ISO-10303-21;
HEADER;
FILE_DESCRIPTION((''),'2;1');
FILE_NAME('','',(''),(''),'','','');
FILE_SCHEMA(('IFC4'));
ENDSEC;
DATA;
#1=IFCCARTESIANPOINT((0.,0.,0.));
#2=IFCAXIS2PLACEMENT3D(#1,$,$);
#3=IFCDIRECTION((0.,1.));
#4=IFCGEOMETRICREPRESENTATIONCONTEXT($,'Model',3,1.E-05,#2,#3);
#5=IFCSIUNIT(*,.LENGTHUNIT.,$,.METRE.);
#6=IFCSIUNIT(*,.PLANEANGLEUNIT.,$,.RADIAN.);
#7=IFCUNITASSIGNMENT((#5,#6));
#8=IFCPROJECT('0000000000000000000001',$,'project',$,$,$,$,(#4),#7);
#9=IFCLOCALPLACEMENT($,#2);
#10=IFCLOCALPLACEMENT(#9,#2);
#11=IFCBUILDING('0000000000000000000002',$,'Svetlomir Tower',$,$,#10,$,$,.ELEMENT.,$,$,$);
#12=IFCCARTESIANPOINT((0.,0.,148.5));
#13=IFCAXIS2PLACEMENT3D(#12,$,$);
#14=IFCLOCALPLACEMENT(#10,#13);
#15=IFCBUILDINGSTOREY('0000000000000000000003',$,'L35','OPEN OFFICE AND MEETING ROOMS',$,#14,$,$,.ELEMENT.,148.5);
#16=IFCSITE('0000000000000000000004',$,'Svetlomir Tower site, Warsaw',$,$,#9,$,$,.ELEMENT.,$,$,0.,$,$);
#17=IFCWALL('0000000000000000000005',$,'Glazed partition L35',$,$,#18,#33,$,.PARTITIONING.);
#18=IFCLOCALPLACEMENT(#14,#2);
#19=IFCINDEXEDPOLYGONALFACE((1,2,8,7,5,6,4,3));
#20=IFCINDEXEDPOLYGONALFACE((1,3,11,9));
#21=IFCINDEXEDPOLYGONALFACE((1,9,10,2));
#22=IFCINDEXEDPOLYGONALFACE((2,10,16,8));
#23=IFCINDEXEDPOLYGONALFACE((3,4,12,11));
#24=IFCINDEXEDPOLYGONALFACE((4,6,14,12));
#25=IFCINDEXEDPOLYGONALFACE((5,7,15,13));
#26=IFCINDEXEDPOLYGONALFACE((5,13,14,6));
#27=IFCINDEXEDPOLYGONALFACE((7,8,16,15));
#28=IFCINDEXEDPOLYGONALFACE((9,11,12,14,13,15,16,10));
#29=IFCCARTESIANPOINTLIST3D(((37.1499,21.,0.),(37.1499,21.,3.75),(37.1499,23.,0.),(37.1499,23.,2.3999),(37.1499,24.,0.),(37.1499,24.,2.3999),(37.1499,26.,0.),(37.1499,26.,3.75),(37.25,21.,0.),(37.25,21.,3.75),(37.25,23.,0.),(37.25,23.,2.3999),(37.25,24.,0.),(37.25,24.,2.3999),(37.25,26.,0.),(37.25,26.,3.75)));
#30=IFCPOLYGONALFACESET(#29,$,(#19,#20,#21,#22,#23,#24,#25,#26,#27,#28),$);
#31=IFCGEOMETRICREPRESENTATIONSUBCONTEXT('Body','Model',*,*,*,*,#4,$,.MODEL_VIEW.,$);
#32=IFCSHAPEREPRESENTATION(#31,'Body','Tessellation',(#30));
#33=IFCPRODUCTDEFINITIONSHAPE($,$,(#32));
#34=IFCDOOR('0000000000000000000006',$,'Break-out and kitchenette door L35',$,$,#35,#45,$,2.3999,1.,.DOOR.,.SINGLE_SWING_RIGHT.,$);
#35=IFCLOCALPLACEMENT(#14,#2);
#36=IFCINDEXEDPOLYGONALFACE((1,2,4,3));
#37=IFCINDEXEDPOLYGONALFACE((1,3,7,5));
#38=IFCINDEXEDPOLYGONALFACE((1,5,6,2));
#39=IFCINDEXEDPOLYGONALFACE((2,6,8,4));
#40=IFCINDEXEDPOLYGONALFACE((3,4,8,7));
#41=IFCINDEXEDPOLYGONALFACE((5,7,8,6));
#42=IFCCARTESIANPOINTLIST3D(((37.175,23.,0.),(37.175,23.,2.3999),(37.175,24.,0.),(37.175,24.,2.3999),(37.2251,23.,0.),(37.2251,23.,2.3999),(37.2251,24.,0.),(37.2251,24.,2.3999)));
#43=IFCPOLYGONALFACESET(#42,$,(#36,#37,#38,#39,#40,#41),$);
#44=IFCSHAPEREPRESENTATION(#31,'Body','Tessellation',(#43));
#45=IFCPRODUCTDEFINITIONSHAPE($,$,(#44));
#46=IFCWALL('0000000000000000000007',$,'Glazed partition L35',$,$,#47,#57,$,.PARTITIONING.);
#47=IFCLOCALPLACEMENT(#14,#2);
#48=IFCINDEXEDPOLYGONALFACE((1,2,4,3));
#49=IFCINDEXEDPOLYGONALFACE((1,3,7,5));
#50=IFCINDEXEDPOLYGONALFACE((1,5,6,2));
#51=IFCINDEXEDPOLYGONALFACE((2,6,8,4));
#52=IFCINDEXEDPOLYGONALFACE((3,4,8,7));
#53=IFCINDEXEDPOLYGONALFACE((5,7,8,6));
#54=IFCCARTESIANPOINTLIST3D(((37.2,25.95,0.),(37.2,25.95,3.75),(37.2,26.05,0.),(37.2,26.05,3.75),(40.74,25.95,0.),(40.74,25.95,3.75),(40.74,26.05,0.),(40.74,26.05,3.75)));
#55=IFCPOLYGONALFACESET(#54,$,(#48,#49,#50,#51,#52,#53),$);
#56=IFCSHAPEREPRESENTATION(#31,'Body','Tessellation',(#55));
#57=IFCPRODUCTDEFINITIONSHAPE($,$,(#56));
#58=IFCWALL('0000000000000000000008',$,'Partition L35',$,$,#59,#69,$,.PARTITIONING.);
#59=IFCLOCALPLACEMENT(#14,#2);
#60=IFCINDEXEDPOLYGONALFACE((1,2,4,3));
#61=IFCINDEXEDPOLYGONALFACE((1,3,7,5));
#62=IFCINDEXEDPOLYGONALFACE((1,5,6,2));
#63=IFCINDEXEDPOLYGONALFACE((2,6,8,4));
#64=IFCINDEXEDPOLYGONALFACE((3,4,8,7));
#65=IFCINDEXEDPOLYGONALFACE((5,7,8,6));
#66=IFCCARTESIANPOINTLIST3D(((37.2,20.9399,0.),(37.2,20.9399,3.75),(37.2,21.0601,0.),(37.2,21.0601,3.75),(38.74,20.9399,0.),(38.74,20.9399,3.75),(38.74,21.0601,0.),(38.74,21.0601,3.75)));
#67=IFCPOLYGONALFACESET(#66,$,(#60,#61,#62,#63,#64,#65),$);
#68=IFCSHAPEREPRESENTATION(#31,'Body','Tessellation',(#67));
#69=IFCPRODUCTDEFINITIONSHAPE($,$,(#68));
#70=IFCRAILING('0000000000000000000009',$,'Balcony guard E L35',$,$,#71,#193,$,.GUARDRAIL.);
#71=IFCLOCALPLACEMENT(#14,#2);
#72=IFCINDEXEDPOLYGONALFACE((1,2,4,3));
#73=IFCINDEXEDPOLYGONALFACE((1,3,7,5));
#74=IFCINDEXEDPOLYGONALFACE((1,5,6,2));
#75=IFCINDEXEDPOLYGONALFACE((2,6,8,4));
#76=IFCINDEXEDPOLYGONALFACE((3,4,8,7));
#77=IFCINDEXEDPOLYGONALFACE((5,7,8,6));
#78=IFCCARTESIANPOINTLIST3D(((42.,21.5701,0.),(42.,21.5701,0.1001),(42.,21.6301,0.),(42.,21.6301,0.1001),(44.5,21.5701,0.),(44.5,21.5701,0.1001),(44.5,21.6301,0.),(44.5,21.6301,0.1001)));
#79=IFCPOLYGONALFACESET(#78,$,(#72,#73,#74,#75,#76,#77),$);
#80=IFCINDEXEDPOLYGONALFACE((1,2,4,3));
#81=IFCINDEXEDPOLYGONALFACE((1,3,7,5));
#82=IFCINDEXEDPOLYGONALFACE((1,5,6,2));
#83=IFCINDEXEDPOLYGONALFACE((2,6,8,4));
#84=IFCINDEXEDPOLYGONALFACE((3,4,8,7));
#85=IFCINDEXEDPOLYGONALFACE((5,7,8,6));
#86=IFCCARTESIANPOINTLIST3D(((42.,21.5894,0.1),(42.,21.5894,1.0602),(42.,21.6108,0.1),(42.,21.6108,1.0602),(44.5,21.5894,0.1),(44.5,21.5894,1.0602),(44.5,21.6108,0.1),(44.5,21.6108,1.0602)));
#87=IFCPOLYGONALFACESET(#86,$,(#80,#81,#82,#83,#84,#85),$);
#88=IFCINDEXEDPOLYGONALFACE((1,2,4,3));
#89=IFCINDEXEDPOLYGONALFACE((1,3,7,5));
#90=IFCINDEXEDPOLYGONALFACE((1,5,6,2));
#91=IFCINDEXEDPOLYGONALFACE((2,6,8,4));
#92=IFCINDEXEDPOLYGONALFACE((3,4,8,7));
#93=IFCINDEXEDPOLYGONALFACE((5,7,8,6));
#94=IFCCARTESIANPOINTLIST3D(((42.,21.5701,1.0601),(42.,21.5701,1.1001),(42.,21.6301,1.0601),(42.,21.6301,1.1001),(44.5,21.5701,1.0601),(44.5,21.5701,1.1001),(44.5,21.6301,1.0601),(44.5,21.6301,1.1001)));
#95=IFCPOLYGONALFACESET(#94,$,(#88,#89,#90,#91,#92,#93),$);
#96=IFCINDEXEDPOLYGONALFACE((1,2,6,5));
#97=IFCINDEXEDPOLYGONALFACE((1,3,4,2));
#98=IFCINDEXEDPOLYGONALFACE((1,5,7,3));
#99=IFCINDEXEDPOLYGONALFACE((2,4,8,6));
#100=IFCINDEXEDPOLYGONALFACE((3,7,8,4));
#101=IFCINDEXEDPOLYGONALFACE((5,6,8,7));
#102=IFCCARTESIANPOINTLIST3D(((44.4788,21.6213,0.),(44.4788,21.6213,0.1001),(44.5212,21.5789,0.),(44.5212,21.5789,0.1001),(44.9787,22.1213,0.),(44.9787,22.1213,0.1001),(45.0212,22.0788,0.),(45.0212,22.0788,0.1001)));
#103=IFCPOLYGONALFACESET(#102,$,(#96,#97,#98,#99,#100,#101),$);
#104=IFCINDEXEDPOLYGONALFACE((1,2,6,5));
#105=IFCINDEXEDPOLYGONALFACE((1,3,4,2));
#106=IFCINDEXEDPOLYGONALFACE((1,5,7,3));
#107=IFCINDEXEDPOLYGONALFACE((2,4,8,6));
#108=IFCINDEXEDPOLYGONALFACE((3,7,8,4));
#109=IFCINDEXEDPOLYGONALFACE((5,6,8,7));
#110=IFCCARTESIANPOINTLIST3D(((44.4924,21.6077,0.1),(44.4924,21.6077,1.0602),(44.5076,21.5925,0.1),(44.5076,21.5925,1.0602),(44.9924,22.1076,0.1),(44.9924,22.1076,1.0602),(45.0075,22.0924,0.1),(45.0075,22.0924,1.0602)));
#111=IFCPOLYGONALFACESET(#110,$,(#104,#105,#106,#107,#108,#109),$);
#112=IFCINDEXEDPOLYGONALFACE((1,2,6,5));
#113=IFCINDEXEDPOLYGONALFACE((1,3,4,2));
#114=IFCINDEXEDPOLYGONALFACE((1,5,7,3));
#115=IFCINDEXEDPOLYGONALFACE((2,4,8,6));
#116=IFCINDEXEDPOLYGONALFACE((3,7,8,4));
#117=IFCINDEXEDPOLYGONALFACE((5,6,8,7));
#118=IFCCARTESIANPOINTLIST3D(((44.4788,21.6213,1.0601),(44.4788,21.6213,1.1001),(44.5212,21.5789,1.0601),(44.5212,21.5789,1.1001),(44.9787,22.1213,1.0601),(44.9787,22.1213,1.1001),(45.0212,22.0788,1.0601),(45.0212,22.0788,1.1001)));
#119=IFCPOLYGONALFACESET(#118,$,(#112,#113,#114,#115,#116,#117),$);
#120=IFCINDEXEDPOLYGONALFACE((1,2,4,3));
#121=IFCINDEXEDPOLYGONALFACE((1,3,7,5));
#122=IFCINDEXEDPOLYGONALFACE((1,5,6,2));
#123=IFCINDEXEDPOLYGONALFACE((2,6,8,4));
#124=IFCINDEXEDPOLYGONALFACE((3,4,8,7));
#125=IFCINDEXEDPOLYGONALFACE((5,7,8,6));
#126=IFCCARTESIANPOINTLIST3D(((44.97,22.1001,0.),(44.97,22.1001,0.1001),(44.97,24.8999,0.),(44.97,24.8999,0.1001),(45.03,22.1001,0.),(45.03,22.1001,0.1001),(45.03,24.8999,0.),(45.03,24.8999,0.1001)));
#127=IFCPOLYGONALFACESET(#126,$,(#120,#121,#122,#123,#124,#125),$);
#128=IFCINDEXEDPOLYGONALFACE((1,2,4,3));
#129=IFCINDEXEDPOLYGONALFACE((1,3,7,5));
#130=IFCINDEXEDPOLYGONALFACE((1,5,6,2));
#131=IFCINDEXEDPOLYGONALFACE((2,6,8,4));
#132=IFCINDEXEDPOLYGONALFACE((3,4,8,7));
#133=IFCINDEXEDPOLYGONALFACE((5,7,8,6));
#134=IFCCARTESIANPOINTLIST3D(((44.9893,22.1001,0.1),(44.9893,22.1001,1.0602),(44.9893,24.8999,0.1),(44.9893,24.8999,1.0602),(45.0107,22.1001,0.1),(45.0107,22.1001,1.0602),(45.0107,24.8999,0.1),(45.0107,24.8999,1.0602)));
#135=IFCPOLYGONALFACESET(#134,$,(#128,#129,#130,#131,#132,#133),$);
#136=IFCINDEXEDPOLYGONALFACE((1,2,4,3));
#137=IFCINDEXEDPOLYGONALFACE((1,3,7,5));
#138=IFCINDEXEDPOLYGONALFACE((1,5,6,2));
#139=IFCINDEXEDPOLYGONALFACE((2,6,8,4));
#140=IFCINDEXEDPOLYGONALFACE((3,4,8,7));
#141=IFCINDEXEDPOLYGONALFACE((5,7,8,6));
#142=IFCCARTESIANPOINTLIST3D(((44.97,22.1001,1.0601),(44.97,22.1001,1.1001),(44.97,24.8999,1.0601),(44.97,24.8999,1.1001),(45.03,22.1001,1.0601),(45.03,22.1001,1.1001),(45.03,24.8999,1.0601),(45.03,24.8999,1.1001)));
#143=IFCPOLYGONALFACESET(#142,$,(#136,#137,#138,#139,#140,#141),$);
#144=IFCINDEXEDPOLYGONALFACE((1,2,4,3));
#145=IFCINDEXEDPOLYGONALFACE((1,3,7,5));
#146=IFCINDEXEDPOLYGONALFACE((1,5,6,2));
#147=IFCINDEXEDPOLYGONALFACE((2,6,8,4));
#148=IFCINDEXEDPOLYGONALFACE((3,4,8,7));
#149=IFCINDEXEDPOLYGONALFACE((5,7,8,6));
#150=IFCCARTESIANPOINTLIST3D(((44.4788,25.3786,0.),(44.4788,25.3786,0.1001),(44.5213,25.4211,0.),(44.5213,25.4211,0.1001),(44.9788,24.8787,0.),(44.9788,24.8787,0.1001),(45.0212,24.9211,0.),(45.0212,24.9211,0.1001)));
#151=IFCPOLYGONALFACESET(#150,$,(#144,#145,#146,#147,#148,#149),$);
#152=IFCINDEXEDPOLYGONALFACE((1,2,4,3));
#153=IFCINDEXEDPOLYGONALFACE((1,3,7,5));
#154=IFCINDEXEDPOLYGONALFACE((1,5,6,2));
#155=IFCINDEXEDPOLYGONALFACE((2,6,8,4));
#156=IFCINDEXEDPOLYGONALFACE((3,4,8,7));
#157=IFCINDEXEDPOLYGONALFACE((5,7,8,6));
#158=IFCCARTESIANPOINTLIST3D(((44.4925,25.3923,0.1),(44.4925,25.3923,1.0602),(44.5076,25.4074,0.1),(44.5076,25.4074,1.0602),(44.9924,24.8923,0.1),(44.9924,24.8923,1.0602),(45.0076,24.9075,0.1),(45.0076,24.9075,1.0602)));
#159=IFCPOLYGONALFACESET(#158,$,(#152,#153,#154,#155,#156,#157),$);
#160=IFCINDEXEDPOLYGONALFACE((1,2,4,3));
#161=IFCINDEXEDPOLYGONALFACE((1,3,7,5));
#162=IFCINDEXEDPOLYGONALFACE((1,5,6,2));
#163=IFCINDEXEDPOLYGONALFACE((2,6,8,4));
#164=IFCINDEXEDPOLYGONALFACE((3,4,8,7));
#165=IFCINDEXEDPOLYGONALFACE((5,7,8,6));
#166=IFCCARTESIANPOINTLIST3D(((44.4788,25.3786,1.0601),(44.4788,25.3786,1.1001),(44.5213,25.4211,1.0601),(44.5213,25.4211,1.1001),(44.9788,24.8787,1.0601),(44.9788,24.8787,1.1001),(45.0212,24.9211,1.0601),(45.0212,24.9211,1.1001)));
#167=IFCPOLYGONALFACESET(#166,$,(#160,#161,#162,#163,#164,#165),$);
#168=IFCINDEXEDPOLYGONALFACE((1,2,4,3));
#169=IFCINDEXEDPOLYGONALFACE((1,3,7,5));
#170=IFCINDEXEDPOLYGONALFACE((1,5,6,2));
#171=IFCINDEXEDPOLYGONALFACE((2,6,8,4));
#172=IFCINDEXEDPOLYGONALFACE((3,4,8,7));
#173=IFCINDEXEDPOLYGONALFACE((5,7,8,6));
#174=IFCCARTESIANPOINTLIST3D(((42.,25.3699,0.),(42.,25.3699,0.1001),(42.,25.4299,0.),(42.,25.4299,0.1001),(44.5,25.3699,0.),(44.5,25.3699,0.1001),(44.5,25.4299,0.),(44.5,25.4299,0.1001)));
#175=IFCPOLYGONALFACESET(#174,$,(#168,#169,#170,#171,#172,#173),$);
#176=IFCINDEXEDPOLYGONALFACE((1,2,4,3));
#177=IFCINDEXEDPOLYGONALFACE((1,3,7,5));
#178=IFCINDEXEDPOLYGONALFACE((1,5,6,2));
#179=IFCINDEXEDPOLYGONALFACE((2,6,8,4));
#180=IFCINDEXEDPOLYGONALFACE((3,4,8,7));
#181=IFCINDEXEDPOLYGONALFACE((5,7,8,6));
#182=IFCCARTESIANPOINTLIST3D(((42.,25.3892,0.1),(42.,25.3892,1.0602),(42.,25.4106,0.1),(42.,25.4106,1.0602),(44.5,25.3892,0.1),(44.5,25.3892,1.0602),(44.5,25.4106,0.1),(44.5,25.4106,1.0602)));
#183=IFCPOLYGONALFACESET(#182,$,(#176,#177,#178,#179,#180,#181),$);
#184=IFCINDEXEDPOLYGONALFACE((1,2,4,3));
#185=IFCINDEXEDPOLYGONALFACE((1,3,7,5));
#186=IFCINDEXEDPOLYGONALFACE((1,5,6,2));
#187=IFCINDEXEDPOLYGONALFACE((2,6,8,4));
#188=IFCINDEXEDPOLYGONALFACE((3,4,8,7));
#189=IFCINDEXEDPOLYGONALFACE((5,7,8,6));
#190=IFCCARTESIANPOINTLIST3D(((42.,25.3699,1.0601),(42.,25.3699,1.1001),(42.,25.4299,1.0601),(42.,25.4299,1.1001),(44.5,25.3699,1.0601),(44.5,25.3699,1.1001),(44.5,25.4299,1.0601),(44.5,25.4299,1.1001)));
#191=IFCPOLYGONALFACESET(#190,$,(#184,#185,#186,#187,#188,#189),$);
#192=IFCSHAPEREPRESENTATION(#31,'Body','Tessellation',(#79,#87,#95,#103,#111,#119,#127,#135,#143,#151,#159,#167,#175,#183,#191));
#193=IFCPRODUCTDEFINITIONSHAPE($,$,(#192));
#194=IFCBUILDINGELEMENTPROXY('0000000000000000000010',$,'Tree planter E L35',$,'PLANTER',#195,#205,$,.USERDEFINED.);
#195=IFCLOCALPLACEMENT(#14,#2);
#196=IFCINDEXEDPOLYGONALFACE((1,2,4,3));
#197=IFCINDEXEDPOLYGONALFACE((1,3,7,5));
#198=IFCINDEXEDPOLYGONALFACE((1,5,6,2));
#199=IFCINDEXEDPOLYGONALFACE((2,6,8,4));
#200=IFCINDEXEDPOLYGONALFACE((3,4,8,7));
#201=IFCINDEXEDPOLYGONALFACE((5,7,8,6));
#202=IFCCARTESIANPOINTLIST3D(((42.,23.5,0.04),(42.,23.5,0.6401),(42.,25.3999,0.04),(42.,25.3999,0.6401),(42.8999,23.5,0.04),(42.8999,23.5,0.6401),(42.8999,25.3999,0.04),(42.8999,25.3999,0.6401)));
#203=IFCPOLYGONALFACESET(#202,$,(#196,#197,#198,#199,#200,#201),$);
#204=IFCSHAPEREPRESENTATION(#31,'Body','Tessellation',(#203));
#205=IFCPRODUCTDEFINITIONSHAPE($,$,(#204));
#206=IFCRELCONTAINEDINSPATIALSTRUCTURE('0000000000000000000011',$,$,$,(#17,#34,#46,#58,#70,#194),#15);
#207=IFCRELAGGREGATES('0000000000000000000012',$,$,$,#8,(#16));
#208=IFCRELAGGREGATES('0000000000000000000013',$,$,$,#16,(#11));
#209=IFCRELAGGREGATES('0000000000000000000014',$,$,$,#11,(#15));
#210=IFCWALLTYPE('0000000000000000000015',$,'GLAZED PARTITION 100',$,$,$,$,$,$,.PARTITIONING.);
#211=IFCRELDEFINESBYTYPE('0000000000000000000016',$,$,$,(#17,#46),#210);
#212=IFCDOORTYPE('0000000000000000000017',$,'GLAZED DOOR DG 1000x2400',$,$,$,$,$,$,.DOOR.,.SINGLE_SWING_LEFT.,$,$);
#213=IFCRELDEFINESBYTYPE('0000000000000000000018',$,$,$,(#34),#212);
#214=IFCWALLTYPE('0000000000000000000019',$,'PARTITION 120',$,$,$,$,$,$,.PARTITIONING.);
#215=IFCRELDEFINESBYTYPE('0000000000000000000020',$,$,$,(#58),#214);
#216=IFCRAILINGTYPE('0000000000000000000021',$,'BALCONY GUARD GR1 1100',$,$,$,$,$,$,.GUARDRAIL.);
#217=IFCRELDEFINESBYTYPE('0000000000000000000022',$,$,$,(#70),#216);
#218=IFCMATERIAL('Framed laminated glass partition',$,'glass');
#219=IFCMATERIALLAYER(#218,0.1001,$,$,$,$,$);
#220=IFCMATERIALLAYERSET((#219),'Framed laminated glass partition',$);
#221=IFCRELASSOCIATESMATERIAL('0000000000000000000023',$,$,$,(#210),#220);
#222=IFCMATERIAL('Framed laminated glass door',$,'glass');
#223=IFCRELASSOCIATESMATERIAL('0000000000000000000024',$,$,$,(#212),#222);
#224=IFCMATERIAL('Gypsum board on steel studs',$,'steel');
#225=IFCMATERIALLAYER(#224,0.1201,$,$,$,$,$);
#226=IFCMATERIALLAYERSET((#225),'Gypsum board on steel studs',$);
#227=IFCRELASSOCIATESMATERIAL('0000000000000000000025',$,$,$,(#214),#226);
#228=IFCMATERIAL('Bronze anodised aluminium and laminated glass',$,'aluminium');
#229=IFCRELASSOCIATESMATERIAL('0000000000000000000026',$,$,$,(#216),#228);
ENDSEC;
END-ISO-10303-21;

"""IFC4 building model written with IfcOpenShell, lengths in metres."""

from ifc_helpers import new_model, si_unit, direction, frame, frame_2d, origin, origin_2d, place, context, subcontext, project, spatial, rectangle, extrude, material, layer, layer_set, type_object, element, fill, save


model = new_model("IFC4")

# Units and contexts
model_context = context("Model", 3, precision=1e-05, world=origin(), true_north=direction((0.0, 1.0)))
body_context = subcontext(model_context, "Body", "Model", "MODEL_VIEW")
ifc_project = project(units=[si_unit("LENGTHUNIT", "METRE"), si_unit("PLANEANGLEUNIT", "RADIAN")], contexts=[model_context])

# Site, building, storey
site_placement = place(None, origin())
site = spatial("IfcSite", under=ifc_project, at=site_placement, Name="Svetlomir Tower site, Warsaw", CompositionType="ELEMENT", RefElevation=0.0)
building_placement = place(site_placement, origin())
building = spatial("IfcBuilding", under=site, at=building_placement, Name="Svetlomir Tower", CompositionType="ELEMENT")
storey_placement = place(building_placement, frame((0.0, 0.0, 148.5)))
storey = spatial("IfcBuildingStorey", under=building, at=storey_placement, Name="L35", Description="OPEN OFFICE AND MEETING ROOMS", CompositionType="ELEMENT", Elevation=148.5)

# Shared definitions
ifc_material_1 = material(Name="Framed laminated glass partition", Category="glass")
ifc_layer_1 = layer(ifc_material_1, 0.1001)
ifc_layer_set_1 = layer_set([ifc_layer_1], Name="Framed laminated glass partition")
wall_type_1 = type_object("IfcWallType", Name="GLAZED PARTITION 100", PredefinedType="PARTITIONING", material=ifc_layer_set_1)

# Wall, opening, door
ifc_material_2 = material(Name="Framed laminated glass door", Category="glass")
door_type_1 = type_object("IfcDoorType", Name="GLAZED DOOR DG 1000x2400", OperationType="SINGLE_SWING_LEFT", PredefinedType="DOOR", material=ifc_material_2)
wall_1_placement = place(storey_placement, frame((37.2, 21.0, 0.0), z_axis=(0.0, 0.0, 1.0), x_axis=(0.0, 1.0, 0.0)))
wall_1 = element("IfcWall", 1, at=wall_1_placement, inside=storey, type_object=wall_type_1, Name="Glazed partition L35", PredefinedType="PARTITIONING", context=body_context, shape_type="SweptSolid", body=[
    extrude(rectangle(XDim=5.0, YDim=0.1001, at=frame_2d((2.5, 0.0))), origin(), (0.0, 0.0, 1.0), 3.75),
])
opening_1_placement = place(wall_1_placement, frame((2.0, 0.0, 0.0)))
opening_1 = element("IfcOpeningElement", 2, at=opening_1_placement, cuts=wall_1, PredefinedType="OPENING", context=body_context, shape_type="SweptSolid", body=[
    extrude(rectangle(XDim=1.0, YDim=2.3999, at=frame_2d((0.5, 1.2))), frame((0.0, 0.0601, 0.0), z_axis=(0.0, -1.0, 0.0), x_axis=(1.0, 0.0, 0.0)), (0.0, 0.0, 1.0), 0.1201),
])
door_1_placement = place(opening_1_placement, origin())
door_1 = element("IfcDoor", 3, at=door_1_placement, inside=storey, type_object=door_type_1, Name="Break-out and kitchenette door L35", OperationType="SINGLE_SWING_RIGHT", OverallHeight=2.3999, OverallWidth=1.0, PredefinedType="DOOR", context=body_context, shape_type="SweptSolid", body=[
    extrude(rectangle(XDim=1.0, YDim=2.3999, at=frame_2d((0.5, 1.2))), frame((0.0, 0.0249, 0.0), z_axis=(0.0, -1.0, 0.0), x_axis=(1.0, 0.0, 0.0)), (0.0, 0.0, 1.0), 0.05),
])
fill(opening_1, door_1)

# Walls
wall_2_placement = place(storey_placement, frame((37.2, 26.0, 0.0), z_axis=(0.0, 0.0, 1.0), x_axis=(1.0, 0.0, 0.0)))
element("IfcWall", 4, at=wall_2_placement, inside=storey, type_object=wall_type_1, Name="Glazed partition L35", PredefinedType="PARTITIONING", context=body_context, shape_type="SweptSolid", body=[
    extrude(rectangle(XDim=3.54, YDim=0.1001, at=frame_2d((1.77, 0.0))), origin(), (0.0, 0.0, 1.0), 3.75),
])
ifc_material_3 = material(Name="Gypsum board on steel studs", Category="steel")
ifc_layer_2 = layer(ifc_material_3, 0.1201)
ifc_layer_set_2 = layer_set([ifc_layer_2], Name="Gypsum board on steel studs")
wall_type_2 = type_object("IfcWallType", Name="PARTITION 120", PredefinedType="PARTITIONING", material=ifc_layer_set_2)
wall_3_placement = place(storey_placement, frame((37.2, 21.0, 0.0), z_axis=(0.0, 0.0, 1.0), x_axis=(1.0, 0.0, 0.0)))
element("IfcWall", 5, at=wall_3_placement, inside=storey, type_object=wall_type_2, Name="Partition L35", PredefinedType="PARTITIONING", context=body_context, shape_type="SweptSolid", body=[
    extrude(rectangle(XDim=1.54, YDim=0.1201, at=frame_2d((0.77, 0.0))), origin(), (0.0, 0.0, 1.0), 3.75),
])

# Railing
ifc_material_4 = material(Name="Bronze anodised aluminium and laminated glass", Category="aluminium")
railing_type = type_object("IfcRailingType", Name="BALCONY GUARD GR1 1100", PredefinedType="GUARDRAIL", material=ifc_material_4)
railing_placement = place(storey_placement, frame((42.0, 21.6001, 0.0)))
element("IfcRailing", 6, at=railing_placement, inside=storey, type_object=railing_type, Name="Balcony guard E L35", PredefinedType="GUARDRAIL", context=body_context, shape_type="SweptSolid", body=[
    extrude(rectangle(XDim=0.0601, YDim=0.1001, at=origin_2d()), frame((0.0, 0.0, 0.05), z_axis=(1.0, 0.0, 0.0), x_axis=(0.0, 1.0, 0.0)), (0.0, 0.0, 1.0), 2.5),
    extrude(rectangle(XDim=0.0215, YDim=0.9602, at=origin_2d()), frame((0.0, 0.0, 0.5801), z_axis=(1.0, 0.0, 0.0), x_axis=(0.0, 1.0, 0.0)), (0.0, 0.0, 1.0), 2.5),
    extrude(rectangle(XDim=0.0601, YDim=0.04, at=origin_2d()), frame((0.0, 0.0, 1.0801), z_axis=(1.0, 0.0, 0.0), x_axis=(0.0, 1.0, 0.0)), (0.0, 0.0, 1.0), 2.5),
    extrude(rectangle(XDim=0.0601, YDim=0.1001, at=origin_2d()), frame((2.5, 0.0, 0.05), z_axis=(0.707107, 0.707107, 0.0), x_axis=(-0.707107, 0.707107, 0.0)), (0.0, 0.0, 1.0), 0.707),
    extrude(rectangle(XDim=0.0215, YDim=0.9602, at=origin_2d()), frame((2.5, 0.0, 0.5801), z_axis=(0.707107, 0.707107, 0.0), x_axis=(-0.707107, 0.707107, 0.0)), (0.0, 0.0, 1.0), 0.707),
    extrude(rectangle(XDim=0.0601, YDim=0.04, at=origin_2d()), frame((2.5, 0.0, 1.0801), z_axis=(0.707107, 0.707107, 0.0), x_axis=(-0.707107, 0.707107, 0.0)), (0.0, 0.0, 1.0), 0.707),
    extrude(rectangle(XDim=0.0601, YDim=0.1001, at=origin_2d()), frame((3.0, 0.5, 0.05), z_axis=(0.0, 1.0, 0.0), x_axis=(-1.0, 0.0, 0.0)), (0.0, 0.0, 1.0), 2.7998),
    extrude(rectangle(XDim=0.0215, YDim=0.9602, at=origin_2d()), frame((3.0, 0.5, 0.5801), z_axis=(0.0, 1.0, 0.0), x_axis=(-1.0, 0.0, 0.0)), (0.0, 0.0, 1.0), 2.7998),
    extrude(rectangle(XDim=0.0601, YDim=0.04, at=origin_2d()), frame((3.0, 0.5, 1.0801), z_axis=(0.0, 1.0, 0.0), x_axis=(-1.0, 0.0, 0.0)), (0.0, 0.0, 1.0), 2.7998),
    extrude(rectangle(XDim=0.0601, YDim=0.1001, at=origin_2d()), frame((3.0, 3.2998, 0.05), z_axis=(-0.707107, 0.707107, 0.0), x_axis=(-0.707107, -0.707107, 0.0)), (0.0, 0.0, 1.0), 0.707),
    extrude(rectangle(XDim=0.0215, YDim=0.9602, at=origin_2d()), frame((3.0, 3.2998, 0.5801), z_axis=(-0.707107, 0.707107, 0.0), x_axis=(-0.707107, -0.707107, 0.0)), (0.0, 0.0, 1.0), 0.707),
    extrude(rectangle(XDim=0.0601, YDim=0.04, at=origin_2d()), frame((3.0, 3.2998, 1.0801), z_axis=(-0.707107, 0.707107, 0.0), x_axis=(-0.707107, -0.707107, 0.0)), (0.0, 0.0, 1.0), 0.707),
    extrude(rectangle(XDim=0.0601, YDim=0.1001, at=origin_2d()), frame((2.5, 3.7998, 0.05), z_axis=(-1.0, 0.0, 0.0), x_axis=(0.0, -1.0, 0.0)), (0.0, 0.0, 1.0), 2.5),
    extrude(rectangle(XDim=0.0215, YDim=0.9602, at=origin_2d()), frame((2.5, 3.7998, 0.5801), z_axis=(-1.0, 0.0, 0.0), x_axis=(0.0, -1.0, 0.0)), (0.0, 0.0, 1.0), 2.5),
    extrude(rectangle(XDim=0.0601, YDim=0.04, at=origin_2d()), frame((2.5, 3.7998, 1.0801), z_axis=(-1.0, 0.0, 0.0), x_axis=(0.0, -1.0, 0.0)), (0.0, 0.0, 1.0), 2.5),
])

# Building element proxy
proxy_placement = place(storey_placement, frame((42.45, 24.45, 0.04), z_axis=(0.0, 0.0, 1.0), x_axis=(1.0, 0.0, 0.0)))
element("IfcBuildingElementProxy", 7, at=proxy_placement, inside=storey, Name="Tree planter E L35", ObjectType="PLANTER", PredefinedType="USERDEFINED", context=body_context, shape_type="SweptSolid", body=[
    extrude(rectangle(XDim=0.8999, YDim=1.8999, at=origin_2d()), origin(), (0.0, 0.0, 1.0), 0.6001),
])

save(model, "model.ifc")
